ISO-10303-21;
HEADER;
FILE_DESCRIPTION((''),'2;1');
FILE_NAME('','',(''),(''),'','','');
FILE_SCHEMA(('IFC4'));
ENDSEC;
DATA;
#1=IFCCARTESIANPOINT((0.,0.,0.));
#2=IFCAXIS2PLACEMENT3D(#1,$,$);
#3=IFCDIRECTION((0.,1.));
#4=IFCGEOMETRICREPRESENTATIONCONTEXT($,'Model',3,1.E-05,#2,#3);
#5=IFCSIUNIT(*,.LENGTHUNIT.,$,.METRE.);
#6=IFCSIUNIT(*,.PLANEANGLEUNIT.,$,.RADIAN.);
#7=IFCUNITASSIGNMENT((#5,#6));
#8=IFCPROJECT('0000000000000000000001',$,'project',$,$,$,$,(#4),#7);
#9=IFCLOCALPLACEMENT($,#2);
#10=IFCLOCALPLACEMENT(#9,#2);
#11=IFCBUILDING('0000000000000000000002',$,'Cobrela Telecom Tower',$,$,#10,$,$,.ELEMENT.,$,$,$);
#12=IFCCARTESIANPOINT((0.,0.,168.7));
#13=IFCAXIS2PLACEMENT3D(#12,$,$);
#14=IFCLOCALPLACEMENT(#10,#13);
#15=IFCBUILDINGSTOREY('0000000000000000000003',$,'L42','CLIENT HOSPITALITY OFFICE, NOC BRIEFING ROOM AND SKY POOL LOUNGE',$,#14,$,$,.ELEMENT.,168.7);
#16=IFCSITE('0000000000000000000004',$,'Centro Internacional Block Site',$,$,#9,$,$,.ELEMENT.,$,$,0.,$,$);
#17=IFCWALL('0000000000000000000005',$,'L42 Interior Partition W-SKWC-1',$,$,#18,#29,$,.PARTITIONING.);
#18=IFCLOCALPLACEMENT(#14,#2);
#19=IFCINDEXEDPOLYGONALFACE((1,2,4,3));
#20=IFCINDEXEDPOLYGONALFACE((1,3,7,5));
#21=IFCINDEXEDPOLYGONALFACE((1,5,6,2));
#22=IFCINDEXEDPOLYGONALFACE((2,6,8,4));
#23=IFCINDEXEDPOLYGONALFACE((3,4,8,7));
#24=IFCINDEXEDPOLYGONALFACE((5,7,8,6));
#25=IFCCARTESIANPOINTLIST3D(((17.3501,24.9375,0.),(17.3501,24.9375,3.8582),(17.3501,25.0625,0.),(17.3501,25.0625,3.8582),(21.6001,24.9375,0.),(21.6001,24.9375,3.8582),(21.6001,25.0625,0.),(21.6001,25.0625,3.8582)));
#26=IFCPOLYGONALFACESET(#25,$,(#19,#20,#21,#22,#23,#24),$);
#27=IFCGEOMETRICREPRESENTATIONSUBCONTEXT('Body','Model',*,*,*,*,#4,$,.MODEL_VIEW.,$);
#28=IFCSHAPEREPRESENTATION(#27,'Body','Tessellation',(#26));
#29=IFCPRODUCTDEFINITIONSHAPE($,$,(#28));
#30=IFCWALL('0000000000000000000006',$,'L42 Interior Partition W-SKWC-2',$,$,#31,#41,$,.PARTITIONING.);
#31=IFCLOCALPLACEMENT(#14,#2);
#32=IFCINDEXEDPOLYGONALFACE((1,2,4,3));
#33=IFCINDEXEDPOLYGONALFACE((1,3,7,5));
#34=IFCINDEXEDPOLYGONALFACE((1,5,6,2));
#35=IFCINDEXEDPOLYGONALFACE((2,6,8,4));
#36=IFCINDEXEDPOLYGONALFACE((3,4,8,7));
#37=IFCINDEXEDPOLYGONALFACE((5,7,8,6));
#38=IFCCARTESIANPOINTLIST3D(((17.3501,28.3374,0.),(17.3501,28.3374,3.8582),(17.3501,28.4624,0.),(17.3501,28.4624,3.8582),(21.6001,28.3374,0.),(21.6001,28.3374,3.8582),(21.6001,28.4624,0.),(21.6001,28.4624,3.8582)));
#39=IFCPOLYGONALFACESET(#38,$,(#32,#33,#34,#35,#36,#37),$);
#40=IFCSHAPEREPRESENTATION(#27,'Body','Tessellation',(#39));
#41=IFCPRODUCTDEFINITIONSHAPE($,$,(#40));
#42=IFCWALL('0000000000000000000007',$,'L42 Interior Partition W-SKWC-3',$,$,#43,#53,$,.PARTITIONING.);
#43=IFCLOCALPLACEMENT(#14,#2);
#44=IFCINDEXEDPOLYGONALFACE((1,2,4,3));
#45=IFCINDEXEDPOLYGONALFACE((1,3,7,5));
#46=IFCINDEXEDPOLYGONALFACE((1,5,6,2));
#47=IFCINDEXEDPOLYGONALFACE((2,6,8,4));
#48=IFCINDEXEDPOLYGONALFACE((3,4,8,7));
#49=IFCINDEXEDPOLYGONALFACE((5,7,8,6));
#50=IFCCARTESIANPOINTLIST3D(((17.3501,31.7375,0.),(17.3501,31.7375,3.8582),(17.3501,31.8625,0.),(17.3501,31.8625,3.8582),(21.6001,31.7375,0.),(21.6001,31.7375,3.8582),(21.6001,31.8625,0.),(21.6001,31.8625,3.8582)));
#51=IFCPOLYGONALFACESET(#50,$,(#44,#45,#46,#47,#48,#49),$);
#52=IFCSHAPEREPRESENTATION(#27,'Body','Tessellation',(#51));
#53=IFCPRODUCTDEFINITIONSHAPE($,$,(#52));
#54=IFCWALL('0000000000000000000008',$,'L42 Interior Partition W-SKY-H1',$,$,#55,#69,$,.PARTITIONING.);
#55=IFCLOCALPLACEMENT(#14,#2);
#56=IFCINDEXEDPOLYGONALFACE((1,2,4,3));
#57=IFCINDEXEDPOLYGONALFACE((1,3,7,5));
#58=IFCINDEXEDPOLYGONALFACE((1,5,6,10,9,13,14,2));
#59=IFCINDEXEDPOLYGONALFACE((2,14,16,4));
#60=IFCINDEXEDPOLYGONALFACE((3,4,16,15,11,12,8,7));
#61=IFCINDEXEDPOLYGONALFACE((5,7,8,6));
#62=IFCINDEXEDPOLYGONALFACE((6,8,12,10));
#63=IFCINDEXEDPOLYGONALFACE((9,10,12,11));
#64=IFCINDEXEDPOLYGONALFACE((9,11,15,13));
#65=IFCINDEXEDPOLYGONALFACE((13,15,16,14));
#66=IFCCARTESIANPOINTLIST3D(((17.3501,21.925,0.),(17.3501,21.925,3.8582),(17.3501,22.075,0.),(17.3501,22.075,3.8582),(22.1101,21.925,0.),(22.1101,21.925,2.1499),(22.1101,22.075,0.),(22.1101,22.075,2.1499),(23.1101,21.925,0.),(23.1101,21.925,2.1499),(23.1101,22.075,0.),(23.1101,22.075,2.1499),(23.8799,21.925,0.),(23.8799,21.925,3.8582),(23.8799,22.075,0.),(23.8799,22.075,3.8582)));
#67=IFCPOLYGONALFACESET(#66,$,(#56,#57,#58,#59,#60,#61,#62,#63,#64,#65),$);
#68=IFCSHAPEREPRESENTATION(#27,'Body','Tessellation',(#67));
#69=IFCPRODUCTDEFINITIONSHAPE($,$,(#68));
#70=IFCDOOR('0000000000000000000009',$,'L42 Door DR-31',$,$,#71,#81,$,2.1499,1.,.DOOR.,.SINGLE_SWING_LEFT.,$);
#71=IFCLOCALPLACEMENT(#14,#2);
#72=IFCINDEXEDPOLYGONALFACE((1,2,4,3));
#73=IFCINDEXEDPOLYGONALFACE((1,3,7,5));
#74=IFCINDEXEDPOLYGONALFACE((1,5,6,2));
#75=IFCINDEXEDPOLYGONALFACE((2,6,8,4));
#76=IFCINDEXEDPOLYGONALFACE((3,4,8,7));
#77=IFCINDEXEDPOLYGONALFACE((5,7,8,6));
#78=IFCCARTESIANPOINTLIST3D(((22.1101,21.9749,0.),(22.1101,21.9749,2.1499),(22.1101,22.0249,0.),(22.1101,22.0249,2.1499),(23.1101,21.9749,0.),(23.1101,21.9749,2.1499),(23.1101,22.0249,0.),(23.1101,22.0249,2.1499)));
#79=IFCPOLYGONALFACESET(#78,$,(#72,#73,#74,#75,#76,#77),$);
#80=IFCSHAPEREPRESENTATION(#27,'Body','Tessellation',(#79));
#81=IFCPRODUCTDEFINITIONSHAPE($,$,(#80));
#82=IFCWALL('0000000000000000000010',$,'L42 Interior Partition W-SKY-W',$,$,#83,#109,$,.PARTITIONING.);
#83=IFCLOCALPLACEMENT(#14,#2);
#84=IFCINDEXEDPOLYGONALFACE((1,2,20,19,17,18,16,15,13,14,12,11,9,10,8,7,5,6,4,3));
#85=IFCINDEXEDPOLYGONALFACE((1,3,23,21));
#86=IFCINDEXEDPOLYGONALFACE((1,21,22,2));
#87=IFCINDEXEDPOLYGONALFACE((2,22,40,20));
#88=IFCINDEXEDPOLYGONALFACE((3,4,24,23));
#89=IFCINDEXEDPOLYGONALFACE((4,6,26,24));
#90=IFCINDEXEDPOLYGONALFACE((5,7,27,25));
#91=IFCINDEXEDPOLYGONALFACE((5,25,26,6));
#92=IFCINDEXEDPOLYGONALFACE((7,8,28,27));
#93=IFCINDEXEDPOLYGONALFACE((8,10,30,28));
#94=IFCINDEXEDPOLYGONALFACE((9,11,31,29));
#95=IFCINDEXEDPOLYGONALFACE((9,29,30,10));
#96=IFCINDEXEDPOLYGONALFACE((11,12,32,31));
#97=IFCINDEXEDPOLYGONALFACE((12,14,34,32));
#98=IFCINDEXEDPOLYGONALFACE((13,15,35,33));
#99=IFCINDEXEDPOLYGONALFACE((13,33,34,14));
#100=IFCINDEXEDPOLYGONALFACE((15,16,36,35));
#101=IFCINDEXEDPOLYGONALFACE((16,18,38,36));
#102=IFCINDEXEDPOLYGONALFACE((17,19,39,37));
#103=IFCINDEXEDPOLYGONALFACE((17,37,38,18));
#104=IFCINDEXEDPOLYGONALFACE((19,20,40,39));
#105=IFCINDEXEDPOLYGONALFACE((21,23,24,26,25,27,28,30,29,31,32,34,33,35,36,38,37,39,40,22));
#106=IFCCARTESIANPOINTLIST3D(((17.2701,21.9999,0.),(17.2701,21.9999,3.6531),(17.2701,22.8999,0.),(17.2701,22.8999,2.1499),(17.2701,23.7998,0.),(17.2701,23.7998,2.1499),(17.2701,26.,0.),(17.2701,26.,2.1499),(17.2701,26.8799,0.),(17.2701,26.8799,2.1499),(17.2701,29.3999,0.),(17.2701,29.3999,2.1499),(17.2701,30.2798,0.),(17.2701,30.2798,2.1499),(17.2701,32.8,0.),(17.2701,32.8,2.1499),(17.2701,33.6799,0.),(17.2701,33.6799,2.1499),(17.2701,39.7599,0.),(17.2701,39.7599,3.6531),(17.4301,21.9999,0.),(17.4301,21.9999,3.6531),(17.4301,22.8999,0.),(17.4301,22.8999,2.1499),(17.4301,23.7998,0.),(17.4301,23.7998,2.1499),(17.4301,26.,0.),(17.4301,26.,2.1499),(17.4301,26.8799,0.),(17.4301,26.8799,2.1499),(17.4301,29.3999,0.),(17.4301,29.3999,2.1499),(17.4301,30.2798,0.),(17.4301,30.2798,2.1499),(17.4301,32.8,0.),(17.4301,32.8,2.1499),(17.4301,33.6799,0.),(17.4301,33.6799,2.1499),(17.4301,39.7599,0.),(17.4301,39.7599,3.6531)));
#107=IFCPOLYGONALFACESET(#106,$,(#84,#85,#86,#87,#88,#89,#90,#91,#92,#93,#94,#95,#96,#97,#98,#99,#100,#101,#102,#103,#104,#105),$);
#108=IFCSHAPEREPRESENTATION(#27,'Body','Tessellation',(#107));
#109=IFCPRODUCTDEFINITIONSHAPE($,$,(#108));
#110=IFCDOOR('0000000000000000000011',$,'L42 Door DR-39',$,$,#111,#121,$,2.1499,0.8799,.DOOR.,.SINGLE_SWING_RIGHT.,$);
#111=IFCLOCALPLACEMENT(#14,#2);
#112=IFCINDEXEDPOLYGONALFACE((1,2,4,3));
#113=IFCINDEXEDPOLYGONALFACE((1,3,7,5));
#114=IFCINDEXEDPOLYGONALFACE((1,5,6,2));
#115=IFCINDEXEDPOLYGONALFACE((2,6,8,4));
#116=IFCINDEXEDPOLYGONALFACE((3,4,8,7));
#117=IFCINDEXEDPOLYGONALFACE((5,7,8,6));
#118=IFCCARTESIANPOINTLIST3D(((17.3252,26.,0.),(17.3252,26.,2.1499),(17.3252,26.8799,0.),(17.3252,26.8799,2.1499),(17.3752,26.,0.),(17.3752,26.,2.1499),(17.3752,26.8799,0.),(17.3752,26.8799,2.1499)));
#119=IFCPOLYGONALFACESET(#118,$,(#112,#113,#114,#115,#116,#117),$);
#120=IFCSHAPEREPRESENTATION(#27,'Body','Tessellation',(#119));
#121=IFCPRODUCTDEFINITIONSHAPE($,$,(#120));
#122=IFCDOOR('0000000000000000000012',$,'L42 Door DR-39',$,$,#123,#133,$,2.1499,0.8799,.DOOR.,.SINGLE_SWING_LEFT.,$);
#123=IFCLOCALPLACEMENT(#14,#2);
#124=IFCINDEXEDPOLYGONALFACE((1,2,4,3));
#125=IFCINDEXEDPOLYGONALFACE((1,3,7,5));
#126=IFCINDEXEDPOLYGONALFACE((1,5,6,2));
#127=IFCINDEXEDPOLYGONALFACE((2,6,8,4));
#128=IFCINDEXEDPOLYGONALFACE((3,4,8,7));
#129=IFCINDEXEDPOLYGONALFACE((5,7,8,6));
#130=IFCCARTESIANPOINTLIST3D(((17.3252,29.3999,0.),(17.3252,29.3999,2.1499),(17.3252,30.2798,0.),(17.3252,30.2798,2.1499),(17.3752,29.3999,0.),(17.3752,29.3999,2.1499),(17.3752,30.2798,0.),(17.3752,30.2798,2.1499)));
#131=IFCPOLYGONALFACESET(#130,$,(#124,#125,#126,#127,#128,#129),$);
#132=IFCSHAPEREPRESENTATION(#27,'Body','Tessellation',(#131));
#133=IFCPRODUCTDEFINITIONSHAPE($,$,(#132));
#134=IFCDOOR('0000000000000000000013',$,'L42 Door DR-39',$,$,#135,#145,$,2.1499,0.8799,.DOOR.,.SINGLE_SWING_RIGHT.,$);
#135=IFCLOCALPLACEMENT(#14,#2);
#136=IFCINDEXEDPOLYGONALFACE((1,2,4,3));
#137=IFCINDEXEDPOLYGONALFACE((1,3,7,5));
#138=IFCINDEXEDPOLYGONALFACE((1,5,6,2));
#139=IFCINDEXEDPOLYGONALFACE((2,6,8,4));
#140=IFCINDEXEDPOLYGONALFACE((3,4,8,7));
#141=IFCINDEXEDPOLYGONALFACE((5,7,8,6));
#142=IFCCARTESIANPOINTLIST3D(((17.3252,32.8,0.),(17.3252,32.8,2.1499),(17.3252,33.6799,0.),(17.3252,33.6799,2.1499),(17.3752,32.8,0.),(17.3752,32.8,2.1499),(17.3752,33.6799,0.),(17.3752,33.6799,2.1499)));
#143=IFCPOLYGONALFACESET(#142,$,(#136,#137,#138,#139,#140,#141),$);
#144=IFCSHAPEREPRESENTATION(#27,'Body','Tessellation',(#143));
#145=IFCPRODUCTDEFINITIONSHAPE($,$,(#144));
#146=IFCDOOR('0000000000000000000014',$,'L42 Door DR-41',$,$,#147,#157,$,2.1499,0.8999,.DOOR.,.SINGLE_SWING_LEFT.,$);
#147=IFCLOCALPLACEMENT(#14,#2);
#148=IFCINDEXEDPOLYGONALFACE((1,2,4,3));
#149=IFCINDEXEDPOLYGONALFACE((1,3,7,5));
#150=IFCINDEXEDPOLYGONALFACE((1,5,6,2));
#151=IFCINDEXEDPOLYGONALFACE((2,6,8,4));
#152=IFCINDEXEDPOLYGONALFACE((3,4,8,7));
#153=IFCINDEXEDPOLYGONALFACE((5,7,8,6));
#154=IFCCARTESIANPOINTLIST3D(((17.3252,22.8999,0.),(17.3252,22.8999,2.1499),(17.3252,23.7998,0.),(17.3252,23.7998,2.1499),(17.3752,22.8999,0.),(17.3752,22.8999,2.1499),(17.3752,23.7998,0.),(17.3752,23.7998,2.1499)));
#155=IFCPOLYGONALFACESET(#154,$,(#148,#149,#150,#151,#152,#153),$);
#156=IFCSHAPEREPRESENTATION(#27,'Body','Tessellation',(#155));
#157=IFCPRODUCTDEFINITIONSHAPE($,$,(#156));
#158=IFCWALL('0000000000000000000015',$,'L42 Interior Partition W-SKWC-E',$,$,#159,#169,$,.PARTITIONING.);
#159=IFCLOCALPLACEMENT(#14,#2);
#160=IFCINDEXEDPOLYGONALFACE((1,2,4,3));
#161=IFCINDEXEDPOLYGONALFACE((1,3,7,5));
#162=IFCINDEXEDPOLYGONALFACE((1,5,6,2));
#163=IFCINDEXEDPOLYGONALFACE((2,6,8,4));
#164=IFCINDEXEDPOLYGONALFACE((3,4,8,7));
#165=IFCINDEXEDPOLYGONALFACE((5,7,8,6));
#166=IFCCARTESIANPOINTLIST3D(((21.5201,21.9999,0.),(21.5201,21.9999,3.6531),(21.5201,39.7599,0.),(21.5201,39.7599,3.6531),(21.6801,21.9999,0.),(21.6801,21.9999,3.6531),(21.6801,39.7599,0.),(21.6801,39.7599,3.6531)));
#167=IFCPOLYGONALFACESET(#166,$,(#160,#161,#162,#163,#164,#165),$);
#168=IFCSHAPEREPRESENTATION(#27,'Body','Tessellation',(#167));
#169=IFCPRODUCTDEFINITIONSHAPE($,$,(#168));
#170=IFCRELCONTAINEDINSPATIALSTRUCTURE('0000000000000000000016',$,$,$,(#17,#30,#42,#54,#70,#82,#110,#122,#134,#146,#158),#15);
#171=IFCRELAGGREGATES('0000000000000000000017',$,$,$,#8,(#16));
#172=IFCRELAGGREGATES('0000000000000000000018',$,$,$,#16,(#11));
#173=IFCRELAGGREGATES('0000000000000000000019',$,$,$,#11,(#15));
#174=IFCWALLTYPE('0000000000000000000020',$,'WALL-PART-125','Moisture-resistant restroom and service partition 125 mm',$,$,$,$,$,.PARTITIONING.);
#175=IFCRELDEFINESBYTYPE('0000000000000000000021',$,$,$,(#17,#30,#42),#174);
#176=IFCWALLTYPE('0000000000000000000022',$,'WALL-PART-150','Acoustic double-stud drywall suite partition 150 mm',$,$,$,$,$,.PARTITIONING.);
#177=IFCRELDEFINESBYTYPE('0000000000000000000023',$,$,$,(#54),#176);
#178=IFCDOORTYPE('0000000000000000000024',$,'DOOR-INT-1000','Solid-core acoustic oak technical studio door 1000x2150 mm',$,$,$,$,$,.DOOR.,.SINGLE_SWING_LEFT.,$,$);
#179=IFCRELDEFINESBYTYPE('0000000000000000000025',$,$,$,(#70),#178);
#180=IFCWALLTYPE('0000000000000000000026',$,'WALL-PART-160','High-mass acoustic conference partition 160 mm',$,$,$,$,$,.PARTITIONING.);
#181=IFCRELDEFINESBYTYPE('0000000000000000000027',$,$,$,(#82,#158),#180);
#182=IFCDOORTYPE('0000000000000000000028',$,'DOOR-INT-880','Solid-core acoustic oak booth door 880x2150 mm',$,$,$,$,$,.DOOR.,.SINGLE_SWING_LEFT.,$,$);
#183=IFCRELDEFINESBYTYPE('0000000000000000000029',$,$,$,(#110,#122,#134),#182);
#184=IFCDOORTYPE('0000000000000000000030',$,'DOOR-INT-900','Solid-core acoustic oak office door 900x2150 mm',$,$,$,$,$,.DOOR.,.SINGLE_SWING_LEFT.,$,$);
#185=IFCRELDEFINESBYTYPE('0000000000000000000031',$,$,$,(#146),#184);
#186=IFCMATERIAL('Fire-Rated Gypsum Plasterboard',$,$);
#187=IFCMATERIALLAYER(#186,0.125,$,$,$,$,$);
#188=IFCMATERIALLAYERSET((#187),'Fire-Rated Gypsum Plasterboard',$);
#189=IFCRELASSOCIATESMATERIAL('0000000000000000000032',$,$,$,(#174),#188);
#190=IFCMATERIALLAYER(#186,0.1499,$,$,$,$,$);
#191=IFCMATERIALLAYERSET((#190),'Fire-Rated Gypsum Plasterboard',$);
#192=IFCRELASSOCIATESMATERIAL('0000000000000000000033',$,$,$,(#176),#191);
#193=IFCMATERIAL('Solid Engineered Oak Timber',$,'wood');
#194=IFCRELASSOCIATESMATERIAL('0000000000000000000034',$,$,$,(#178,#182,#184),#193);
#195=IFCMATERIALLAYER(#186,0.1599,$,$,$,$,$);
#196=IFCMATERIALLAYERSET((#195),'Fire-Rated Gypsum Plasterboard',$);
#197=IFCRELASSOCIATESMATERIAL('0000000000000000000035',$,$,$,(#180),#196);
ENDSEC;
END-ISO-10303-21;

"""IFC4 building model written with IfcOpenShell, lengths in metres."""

from ifc_helpers import new_model, si_unit, direction, frame, frame_2d, origin, place, context, subcontext, project, spatial, rectangle, extrude, material, layer, layer_set, type_object, element, fill, save


model = new_model("IFC4")

# Units and contexts
model_context = context("Model", 3, precision=1e-05, world=origin(), true_north=direction((0.0, 1.0)))
body_context = subcontext(model_context, "Body", "Model", "MODEL_VIEW")
ifc_project = project(units=[si_unit("LENGTHUNIT", "METRE"), si_unit("PLANEANGLEUNIT", "RADIAN")], contexts=[model_context])

# Site, building, storey
site_placement = place(None, origin())
site = spatial("IfcSite", under=ifc_project, at=site_placement, Name="Centro Internacional Block Site", CompositionType="ELEMENT", RefElevation=0.0)
building_placement = place(site_placement, origin())
building = spatial("IfcBuilding", under=site, at=building_placement, Name="Cobrela Telecom Tower", CompositionType="ELEMENT")
storey_placement = place(building_placement, frame((0.0, 0.0, 168.7)))
storey = spatial("IfcBuildingStorey", under=building, at=storey_placement, Name="L42", Description="CLIENT HOSPITALITY OFFICE, NOC BRIEFING ROOM AND SKY POOL LOUNGE", CompositionType="ELEMENT", Elevation=168.7)

# Walls
ifc_material_1 = material(Name="Fire-Rated Gypsum Plasterboard")
ifc_layer_1 = layer(ifc_material_1, 0.125)
ifc_layer_set_1 = layer_set([ifc_layer_1], Name="Fire-Rated Gypsum Plasterboard")
wall_type_1 = type_object("IfcWallType", Name="WALL-PART-125", Description="Moisture-resistant restroom and service partition 125 mm", PredefinedType="PARTITIONING", material=ifc_layer_set_1)
for number, where, z_axis, x_axis, name in (
    (1, (17.3501, 25.0, 0.0), (0.0, 0.0, 1.0), (1.0, 0.0, 0.0), "L42 Interior Partition W-SKWC-1"),
    (2, (17.3501, 28.3999, 0.0), (0.0, 0.0, 1.0), (1.0, 0.0, 0.0), "L42 Interior Partition W-SKWC-2"),
    (3, (17.3501, 31.8, 0.0), (0.0, 0.0, 1.0), (1.0, 0.0, 0.0), "L42 Interior Partition W-SKWC-3"),
):
    element("IfcWall", number, at=place(storey_placement, frame(where, z_axis=z_axis, x_axis=x_axis)), inside=storey, type_object=wall_type_1, Name=name, PredefinedType="PARTITIONING", context=body_context, shape_type="SweptSolid", body=[
        extrude(rectangle(XDim=4.25, YDim=0.125, at=frame_2d((2.125, 0.0))), origin(), (0.0, 0.0, 1.0), 3.8582),
    ])

# Wall, opening, door
ifc_layer_2 = layer(ifc_material_1, 0.1499)
ifc_layer_set_2 = layer_set([ifc_layer_2], Name="Fire-Rated Gypsum Plasterboard")
wall_type_2 = type_object("IfcWallType", Name="WALL-PART-150", Description="Acoustic double-stud drywall suite partition 150 mm", PredefinedType="PARTITIONING", material=ifc_layer_set_2)
wall_1_placement = place(storey_placement, frame((17.3501, 22.0, 0.0), z_axis=(0.0, 0.0, 1.0), x_axis=(1.0, 0.0, 0.0)))
wall_1 = element("IfcWall", 4, at=wall_1_placement, inside=storey, type_object=wall_type_2, Name="L42 Interior Partition W-SKY-H1", PredefinedType="PARTITIONING", context=body_context, shape_type="SweptSolid", body=[
    extrude(rectangle(XDim=6.5298, YDim=0.1499, at=frame_2d((3.2649, 0.0))), origin(), (0.0, 0.0, 1.0), 3.8582),
])
opening_1_placement = place(wall_1_placement, frame((4.76, 0.0, 0.0)))
opening_1 = element("IfcOpeningElement", 5, at=opening_1_placement, cuts=wall_1, PredefinedType="OPENING", context=body_context, shape_type="SweptSolid", body=[
    extrude(rectangle(XDim=1.0, YDim=2.1499, at=frame_2d((0.5, 1.075))), frame((0.0, 0.0869, 0.0), z_axis=(0.0, -1.0, 0.0), x_axis=(1.0, 0.0, 0.0)), (0.0, 0.0, 1.0), 0.1738),
])
ifc_material_2 = material(Name="Solid Engineered Oak Timber", Category="wood")
door_type_1 = type_object("IfcDoorType", Name="DOOR-INT-1000", Description="Solid-core acoustic oak technical studio door 1000x2150 mm", OperationType="SINGLE_SWING_LEFT", PredefinedType="DOOR", material=ifc_material_2)
door_1_placement = place(opening_1_placement, origin())
door_1 = element("IfcDoor", 6, at=door_1_placement, inside=storey, type_object=door_type_1, Name="L42 Door DR-31", OperationType="SINGLE_SWING_LEFT", OverallHeight=2.1499, OverallWidth=1.0, PredefinedType="DOOR", context=body_context, shape_type="SweptSolid", body=[
    extrude(rectangle(XDim=1.0, YDim=2.1499, at=frame_2d((0.5, 1.075))), frame((0.0, 0.0249, 0.0), z_axis=(0.0, -1.0, 0.0), x_axis=(1.0, 0.0, 0.0)), (0.0, 0.0, 1.0), 0.05),
])
fill(opening_1, door_1)

# Wall, openings, doors
ifc_layer_3 = layer(ifc_material_1, 0.1599)
ifc_layer_set_3 = layer_set([ifc_layer_3], Name="Fire-Rated Gypsum Plasterboard")
wall_type_3 = type_object("IfcWallType", Name="WALL-PART-160", Description="High-mass acoustic conference partition 160 mm", PredefinedType="PARTITIONING", material=ifc_layer_set_3)
wall_2_placement = place(storey_placement, frame((17.3501, 22.0, 0.0), z_axis=(0.0, 0.0, 1.0), x_axis=(0.0, 1.0, 0.0)))
wall_2 = element("IfcWall", 7, at=wall_2_placement, inside=storey, type_object=wall_type_3, Name="L42 Interior Partition W-SKY-W", PredefinedType="PARTITIONING", context=body_context, shape_type="SweptSolid", body=[
    extrude(rectangle(XDim=17.76, YDim=0.1599, at=frame_2d((8.8799, 0.0))), origin(), (0.0, 0.0, 1.0), 3.6531),
])
opening_2_placement = place(wall_2_placement, frame((0.8999, 0.0, 0.0)))
opening_2 = element("IfcOpeningElement", 8, at=opening_2_placement, cuts=wall_2, PredefinedType="OPENING", context=body_context, shape_type="SweptSolid", body=[
    extrude(rectangle(XDim=0.8999, YDim=2.1499, at=frame_2d((0.45, 1.075))), frame((0.0, 0.0918, 0.0), z_axis=(0.0, -1.0, 0.0), x_axis=(1.0, 0.0, 0.0)), (0.0, 0.0, 1.0), 0.1838),
])
opening_3_placement = place(wall_2_placement, frame((4.0, 0.0, 0.0)))
opening_3 = element("IfcOpeningElement", 9, at=opening_3_placement, cuts=wall_2, PredefinedType="OPENING", context=body_context, shape_type="SweptSolid", body=[
    extrude(rectangle(XDim=0.8799, YDim=2.1499, at=frame_2d((0.4399, 1.075))), frame((0.0, 0.0918, 0.0), z_axis=(0.0, -1.0, 0.0), x_axis=(1.0, 0.0, 0.0)), (0.0, 0.0, 1.0), 0.1838),
])
opening_4_placement = place(wall_2_placement, frame((7.3999, 0.0, 0.0)))
opening_4 = element("IfcOpeningElement", 10, at=opening_4_placement, cuts=wall_2, PredefinedType="OPENING", context=body_context, shape_type="SweptSolid", body=[
    extrude(rectangle(XDim=0.8799, YDim=2.1499, at=frame_2d((0.4399, 1.075))), frame((0.0, 0.0918, 0.0), z_axis=(0.0, -1.0, 0.0), x_axis=(1.0, 0.0, 0.0)), (0.0, 0.0, 1.0), 0.1838),
])
opening_5_placement = place(wall_2_placement, frame((10.8, 0.0, 0.0)))
opening_5 = element("IfcOpeningElement", 11, at=opening_5_placement, cuts=wall_2, PredefinedType="OPENING", context=body_context, shape_type="SweptSolid", body=[
    extrude(rectangle(XDim=0.8799, YDim=2.1499, at=frame_2d((0.4399, 1.075))), frame((0.0, 0.0918, 0.0), z_axis=(0.0, -1.0, 0.0), x_axis=(1.0, 0.0, 0.0)), (0.0, 0.0, 1.0), 0.1838),
])
door_type_2 = type_object("IfcDoorType", Name="DOOR-INT-880", Description="Solid-core acoustic oak booth door 880x2150 mm", OperationType="SINGLE_SWING_LEFT", PredefinedType="DOOR", material=ifc_material_2)
door_2_placement = place(opening_3_placement, origin())
door_2 = element("IfcDoor", 12, at=door_2_placement, inside=storey, type_object=door_type_2, Name="L42 Door DR-39", OperationType="SINGLE_SWING_RIGHT", OverallHeight=2.1499, OverallWidth=0.8799, PredefinedType="DOOR", context=body_context, shape_type="SweptSolid", body=[
    extrude(rectangle(XDim=0.8799, YDim=2.1499, at=frame_2d((0.4399, 1.075))), frame((0.0, 0.0249, 0.0), z_axis=(0.0, -1.0, 0.0), x_axis=(1.0, 0.0, 0.0)), (0.0, 0.0, 1.0), 0.05),
])
fill(opening_3, door_2)
door_3_placement = place(opening_4_placement, origin())
door_3 = element("IfcDoor", 13, at=door_3_placement, inside=storey, type_object=door_type_2, Name="L42 Door DR-39", OperationType="SINGLE_SWING_LEFT", OverallHeight=2.1499, OverallWidth=0.8799, PredefinedType="DOOR", context=body_context, shape_type="SweptSolid", body=[
    extrude(rectangle(XDim=0.8799, YDim=2.1499, at=frame_2d((0.4399, 1.075))), frame((0.0, 0.0249, 0.0), z_axis=(0.0, -1.0, 0.0), x_axis=(1.0, 0.0, 0.0)), (0.0, 0.0, 1.0), 0.05),
])
fill(opening_4, door_3)
door_4_placement = place(opening_5_placement, origin())
door_4 = element("IfcDoor", 14, at=door_4_placement, inside=storey, type_object=door_type_2, Name="L42 Door DR-39", OperationType="SINGLE_SWING_RIGHT", OverallHeight=2.1499, OverallWidth=0.8799, PredefinedType="DOOR", context=body_context, shape_type="SweptSolid", body=[
    extrude(rectangle(XDim=0.8799, YDim=2.1499, at=frame_2d((0.4399, 1.075))), frame((0.0, 0.0249, 0.0), z_axis=(0.0, -1.0, 0.0), x_axis=(1.0, 0.0, 0.0)), (0.0, 0.0, 1.0), 0.05),
])
fill(opening_5, door_4)
door_type_3 = type_object("IfcDoorType", Name="DOOR-INT-900", Description="Solid-core acoustic oak office door 900x2150 mm", OperationType="SINGLE_SWING_LEFT", PredefinedType="DOOR", material=ifc_material_2)
door_5_placement = place(opening_2_placement, origin())
door_5 = element("IfcDoor", 15, at=door_5_placement, inside=storey, type_object=door_type_3, Name="L42 Door DR-41", OperationType="SINGLE_SWING_LEFT", OverallHeight=2.1499, OverallWidth=0.8999, PredefinedType="DOOR", context=body_context, shape_type="SweptSolid", body=[
    extrude(rectangle(XDim=0.8999, YDim=2.1499, at=frame_2d((0.45, 1.075))), frame((0.0, 0.0249, 0.0), z_axis=(0.0, -1.0, 0.0), x_axis=(1.0, 0.0, 0.0)), (0.0, 0.0, 1.0), 0.05),
])
fill(opening_2, door_5)

# Wall
wall_3_placement = place(storey_placement, frame((21.6001, 22.0, 0.0), z_axis=(0.0, 0.0, 1.0), x_axis=(0.0, 1.0, 0.0)))
element("IfcWall", 16, at=wall_3_placement, inside=storey, type_object=wall_type_3, Name="L42 Interior Partition W-SKWC-E", PredefinedType="PARTITIONING", context=body_context, shape_type="SweptSolid", body=[
    extrude(rectangle(XDim=17.76, YDim=0.1599, at=frame_2d((8.8799, 0.0))), origin(), (0.0, 0.0, 1.0), 3.6531),
])

save(model, "model.ifc")
